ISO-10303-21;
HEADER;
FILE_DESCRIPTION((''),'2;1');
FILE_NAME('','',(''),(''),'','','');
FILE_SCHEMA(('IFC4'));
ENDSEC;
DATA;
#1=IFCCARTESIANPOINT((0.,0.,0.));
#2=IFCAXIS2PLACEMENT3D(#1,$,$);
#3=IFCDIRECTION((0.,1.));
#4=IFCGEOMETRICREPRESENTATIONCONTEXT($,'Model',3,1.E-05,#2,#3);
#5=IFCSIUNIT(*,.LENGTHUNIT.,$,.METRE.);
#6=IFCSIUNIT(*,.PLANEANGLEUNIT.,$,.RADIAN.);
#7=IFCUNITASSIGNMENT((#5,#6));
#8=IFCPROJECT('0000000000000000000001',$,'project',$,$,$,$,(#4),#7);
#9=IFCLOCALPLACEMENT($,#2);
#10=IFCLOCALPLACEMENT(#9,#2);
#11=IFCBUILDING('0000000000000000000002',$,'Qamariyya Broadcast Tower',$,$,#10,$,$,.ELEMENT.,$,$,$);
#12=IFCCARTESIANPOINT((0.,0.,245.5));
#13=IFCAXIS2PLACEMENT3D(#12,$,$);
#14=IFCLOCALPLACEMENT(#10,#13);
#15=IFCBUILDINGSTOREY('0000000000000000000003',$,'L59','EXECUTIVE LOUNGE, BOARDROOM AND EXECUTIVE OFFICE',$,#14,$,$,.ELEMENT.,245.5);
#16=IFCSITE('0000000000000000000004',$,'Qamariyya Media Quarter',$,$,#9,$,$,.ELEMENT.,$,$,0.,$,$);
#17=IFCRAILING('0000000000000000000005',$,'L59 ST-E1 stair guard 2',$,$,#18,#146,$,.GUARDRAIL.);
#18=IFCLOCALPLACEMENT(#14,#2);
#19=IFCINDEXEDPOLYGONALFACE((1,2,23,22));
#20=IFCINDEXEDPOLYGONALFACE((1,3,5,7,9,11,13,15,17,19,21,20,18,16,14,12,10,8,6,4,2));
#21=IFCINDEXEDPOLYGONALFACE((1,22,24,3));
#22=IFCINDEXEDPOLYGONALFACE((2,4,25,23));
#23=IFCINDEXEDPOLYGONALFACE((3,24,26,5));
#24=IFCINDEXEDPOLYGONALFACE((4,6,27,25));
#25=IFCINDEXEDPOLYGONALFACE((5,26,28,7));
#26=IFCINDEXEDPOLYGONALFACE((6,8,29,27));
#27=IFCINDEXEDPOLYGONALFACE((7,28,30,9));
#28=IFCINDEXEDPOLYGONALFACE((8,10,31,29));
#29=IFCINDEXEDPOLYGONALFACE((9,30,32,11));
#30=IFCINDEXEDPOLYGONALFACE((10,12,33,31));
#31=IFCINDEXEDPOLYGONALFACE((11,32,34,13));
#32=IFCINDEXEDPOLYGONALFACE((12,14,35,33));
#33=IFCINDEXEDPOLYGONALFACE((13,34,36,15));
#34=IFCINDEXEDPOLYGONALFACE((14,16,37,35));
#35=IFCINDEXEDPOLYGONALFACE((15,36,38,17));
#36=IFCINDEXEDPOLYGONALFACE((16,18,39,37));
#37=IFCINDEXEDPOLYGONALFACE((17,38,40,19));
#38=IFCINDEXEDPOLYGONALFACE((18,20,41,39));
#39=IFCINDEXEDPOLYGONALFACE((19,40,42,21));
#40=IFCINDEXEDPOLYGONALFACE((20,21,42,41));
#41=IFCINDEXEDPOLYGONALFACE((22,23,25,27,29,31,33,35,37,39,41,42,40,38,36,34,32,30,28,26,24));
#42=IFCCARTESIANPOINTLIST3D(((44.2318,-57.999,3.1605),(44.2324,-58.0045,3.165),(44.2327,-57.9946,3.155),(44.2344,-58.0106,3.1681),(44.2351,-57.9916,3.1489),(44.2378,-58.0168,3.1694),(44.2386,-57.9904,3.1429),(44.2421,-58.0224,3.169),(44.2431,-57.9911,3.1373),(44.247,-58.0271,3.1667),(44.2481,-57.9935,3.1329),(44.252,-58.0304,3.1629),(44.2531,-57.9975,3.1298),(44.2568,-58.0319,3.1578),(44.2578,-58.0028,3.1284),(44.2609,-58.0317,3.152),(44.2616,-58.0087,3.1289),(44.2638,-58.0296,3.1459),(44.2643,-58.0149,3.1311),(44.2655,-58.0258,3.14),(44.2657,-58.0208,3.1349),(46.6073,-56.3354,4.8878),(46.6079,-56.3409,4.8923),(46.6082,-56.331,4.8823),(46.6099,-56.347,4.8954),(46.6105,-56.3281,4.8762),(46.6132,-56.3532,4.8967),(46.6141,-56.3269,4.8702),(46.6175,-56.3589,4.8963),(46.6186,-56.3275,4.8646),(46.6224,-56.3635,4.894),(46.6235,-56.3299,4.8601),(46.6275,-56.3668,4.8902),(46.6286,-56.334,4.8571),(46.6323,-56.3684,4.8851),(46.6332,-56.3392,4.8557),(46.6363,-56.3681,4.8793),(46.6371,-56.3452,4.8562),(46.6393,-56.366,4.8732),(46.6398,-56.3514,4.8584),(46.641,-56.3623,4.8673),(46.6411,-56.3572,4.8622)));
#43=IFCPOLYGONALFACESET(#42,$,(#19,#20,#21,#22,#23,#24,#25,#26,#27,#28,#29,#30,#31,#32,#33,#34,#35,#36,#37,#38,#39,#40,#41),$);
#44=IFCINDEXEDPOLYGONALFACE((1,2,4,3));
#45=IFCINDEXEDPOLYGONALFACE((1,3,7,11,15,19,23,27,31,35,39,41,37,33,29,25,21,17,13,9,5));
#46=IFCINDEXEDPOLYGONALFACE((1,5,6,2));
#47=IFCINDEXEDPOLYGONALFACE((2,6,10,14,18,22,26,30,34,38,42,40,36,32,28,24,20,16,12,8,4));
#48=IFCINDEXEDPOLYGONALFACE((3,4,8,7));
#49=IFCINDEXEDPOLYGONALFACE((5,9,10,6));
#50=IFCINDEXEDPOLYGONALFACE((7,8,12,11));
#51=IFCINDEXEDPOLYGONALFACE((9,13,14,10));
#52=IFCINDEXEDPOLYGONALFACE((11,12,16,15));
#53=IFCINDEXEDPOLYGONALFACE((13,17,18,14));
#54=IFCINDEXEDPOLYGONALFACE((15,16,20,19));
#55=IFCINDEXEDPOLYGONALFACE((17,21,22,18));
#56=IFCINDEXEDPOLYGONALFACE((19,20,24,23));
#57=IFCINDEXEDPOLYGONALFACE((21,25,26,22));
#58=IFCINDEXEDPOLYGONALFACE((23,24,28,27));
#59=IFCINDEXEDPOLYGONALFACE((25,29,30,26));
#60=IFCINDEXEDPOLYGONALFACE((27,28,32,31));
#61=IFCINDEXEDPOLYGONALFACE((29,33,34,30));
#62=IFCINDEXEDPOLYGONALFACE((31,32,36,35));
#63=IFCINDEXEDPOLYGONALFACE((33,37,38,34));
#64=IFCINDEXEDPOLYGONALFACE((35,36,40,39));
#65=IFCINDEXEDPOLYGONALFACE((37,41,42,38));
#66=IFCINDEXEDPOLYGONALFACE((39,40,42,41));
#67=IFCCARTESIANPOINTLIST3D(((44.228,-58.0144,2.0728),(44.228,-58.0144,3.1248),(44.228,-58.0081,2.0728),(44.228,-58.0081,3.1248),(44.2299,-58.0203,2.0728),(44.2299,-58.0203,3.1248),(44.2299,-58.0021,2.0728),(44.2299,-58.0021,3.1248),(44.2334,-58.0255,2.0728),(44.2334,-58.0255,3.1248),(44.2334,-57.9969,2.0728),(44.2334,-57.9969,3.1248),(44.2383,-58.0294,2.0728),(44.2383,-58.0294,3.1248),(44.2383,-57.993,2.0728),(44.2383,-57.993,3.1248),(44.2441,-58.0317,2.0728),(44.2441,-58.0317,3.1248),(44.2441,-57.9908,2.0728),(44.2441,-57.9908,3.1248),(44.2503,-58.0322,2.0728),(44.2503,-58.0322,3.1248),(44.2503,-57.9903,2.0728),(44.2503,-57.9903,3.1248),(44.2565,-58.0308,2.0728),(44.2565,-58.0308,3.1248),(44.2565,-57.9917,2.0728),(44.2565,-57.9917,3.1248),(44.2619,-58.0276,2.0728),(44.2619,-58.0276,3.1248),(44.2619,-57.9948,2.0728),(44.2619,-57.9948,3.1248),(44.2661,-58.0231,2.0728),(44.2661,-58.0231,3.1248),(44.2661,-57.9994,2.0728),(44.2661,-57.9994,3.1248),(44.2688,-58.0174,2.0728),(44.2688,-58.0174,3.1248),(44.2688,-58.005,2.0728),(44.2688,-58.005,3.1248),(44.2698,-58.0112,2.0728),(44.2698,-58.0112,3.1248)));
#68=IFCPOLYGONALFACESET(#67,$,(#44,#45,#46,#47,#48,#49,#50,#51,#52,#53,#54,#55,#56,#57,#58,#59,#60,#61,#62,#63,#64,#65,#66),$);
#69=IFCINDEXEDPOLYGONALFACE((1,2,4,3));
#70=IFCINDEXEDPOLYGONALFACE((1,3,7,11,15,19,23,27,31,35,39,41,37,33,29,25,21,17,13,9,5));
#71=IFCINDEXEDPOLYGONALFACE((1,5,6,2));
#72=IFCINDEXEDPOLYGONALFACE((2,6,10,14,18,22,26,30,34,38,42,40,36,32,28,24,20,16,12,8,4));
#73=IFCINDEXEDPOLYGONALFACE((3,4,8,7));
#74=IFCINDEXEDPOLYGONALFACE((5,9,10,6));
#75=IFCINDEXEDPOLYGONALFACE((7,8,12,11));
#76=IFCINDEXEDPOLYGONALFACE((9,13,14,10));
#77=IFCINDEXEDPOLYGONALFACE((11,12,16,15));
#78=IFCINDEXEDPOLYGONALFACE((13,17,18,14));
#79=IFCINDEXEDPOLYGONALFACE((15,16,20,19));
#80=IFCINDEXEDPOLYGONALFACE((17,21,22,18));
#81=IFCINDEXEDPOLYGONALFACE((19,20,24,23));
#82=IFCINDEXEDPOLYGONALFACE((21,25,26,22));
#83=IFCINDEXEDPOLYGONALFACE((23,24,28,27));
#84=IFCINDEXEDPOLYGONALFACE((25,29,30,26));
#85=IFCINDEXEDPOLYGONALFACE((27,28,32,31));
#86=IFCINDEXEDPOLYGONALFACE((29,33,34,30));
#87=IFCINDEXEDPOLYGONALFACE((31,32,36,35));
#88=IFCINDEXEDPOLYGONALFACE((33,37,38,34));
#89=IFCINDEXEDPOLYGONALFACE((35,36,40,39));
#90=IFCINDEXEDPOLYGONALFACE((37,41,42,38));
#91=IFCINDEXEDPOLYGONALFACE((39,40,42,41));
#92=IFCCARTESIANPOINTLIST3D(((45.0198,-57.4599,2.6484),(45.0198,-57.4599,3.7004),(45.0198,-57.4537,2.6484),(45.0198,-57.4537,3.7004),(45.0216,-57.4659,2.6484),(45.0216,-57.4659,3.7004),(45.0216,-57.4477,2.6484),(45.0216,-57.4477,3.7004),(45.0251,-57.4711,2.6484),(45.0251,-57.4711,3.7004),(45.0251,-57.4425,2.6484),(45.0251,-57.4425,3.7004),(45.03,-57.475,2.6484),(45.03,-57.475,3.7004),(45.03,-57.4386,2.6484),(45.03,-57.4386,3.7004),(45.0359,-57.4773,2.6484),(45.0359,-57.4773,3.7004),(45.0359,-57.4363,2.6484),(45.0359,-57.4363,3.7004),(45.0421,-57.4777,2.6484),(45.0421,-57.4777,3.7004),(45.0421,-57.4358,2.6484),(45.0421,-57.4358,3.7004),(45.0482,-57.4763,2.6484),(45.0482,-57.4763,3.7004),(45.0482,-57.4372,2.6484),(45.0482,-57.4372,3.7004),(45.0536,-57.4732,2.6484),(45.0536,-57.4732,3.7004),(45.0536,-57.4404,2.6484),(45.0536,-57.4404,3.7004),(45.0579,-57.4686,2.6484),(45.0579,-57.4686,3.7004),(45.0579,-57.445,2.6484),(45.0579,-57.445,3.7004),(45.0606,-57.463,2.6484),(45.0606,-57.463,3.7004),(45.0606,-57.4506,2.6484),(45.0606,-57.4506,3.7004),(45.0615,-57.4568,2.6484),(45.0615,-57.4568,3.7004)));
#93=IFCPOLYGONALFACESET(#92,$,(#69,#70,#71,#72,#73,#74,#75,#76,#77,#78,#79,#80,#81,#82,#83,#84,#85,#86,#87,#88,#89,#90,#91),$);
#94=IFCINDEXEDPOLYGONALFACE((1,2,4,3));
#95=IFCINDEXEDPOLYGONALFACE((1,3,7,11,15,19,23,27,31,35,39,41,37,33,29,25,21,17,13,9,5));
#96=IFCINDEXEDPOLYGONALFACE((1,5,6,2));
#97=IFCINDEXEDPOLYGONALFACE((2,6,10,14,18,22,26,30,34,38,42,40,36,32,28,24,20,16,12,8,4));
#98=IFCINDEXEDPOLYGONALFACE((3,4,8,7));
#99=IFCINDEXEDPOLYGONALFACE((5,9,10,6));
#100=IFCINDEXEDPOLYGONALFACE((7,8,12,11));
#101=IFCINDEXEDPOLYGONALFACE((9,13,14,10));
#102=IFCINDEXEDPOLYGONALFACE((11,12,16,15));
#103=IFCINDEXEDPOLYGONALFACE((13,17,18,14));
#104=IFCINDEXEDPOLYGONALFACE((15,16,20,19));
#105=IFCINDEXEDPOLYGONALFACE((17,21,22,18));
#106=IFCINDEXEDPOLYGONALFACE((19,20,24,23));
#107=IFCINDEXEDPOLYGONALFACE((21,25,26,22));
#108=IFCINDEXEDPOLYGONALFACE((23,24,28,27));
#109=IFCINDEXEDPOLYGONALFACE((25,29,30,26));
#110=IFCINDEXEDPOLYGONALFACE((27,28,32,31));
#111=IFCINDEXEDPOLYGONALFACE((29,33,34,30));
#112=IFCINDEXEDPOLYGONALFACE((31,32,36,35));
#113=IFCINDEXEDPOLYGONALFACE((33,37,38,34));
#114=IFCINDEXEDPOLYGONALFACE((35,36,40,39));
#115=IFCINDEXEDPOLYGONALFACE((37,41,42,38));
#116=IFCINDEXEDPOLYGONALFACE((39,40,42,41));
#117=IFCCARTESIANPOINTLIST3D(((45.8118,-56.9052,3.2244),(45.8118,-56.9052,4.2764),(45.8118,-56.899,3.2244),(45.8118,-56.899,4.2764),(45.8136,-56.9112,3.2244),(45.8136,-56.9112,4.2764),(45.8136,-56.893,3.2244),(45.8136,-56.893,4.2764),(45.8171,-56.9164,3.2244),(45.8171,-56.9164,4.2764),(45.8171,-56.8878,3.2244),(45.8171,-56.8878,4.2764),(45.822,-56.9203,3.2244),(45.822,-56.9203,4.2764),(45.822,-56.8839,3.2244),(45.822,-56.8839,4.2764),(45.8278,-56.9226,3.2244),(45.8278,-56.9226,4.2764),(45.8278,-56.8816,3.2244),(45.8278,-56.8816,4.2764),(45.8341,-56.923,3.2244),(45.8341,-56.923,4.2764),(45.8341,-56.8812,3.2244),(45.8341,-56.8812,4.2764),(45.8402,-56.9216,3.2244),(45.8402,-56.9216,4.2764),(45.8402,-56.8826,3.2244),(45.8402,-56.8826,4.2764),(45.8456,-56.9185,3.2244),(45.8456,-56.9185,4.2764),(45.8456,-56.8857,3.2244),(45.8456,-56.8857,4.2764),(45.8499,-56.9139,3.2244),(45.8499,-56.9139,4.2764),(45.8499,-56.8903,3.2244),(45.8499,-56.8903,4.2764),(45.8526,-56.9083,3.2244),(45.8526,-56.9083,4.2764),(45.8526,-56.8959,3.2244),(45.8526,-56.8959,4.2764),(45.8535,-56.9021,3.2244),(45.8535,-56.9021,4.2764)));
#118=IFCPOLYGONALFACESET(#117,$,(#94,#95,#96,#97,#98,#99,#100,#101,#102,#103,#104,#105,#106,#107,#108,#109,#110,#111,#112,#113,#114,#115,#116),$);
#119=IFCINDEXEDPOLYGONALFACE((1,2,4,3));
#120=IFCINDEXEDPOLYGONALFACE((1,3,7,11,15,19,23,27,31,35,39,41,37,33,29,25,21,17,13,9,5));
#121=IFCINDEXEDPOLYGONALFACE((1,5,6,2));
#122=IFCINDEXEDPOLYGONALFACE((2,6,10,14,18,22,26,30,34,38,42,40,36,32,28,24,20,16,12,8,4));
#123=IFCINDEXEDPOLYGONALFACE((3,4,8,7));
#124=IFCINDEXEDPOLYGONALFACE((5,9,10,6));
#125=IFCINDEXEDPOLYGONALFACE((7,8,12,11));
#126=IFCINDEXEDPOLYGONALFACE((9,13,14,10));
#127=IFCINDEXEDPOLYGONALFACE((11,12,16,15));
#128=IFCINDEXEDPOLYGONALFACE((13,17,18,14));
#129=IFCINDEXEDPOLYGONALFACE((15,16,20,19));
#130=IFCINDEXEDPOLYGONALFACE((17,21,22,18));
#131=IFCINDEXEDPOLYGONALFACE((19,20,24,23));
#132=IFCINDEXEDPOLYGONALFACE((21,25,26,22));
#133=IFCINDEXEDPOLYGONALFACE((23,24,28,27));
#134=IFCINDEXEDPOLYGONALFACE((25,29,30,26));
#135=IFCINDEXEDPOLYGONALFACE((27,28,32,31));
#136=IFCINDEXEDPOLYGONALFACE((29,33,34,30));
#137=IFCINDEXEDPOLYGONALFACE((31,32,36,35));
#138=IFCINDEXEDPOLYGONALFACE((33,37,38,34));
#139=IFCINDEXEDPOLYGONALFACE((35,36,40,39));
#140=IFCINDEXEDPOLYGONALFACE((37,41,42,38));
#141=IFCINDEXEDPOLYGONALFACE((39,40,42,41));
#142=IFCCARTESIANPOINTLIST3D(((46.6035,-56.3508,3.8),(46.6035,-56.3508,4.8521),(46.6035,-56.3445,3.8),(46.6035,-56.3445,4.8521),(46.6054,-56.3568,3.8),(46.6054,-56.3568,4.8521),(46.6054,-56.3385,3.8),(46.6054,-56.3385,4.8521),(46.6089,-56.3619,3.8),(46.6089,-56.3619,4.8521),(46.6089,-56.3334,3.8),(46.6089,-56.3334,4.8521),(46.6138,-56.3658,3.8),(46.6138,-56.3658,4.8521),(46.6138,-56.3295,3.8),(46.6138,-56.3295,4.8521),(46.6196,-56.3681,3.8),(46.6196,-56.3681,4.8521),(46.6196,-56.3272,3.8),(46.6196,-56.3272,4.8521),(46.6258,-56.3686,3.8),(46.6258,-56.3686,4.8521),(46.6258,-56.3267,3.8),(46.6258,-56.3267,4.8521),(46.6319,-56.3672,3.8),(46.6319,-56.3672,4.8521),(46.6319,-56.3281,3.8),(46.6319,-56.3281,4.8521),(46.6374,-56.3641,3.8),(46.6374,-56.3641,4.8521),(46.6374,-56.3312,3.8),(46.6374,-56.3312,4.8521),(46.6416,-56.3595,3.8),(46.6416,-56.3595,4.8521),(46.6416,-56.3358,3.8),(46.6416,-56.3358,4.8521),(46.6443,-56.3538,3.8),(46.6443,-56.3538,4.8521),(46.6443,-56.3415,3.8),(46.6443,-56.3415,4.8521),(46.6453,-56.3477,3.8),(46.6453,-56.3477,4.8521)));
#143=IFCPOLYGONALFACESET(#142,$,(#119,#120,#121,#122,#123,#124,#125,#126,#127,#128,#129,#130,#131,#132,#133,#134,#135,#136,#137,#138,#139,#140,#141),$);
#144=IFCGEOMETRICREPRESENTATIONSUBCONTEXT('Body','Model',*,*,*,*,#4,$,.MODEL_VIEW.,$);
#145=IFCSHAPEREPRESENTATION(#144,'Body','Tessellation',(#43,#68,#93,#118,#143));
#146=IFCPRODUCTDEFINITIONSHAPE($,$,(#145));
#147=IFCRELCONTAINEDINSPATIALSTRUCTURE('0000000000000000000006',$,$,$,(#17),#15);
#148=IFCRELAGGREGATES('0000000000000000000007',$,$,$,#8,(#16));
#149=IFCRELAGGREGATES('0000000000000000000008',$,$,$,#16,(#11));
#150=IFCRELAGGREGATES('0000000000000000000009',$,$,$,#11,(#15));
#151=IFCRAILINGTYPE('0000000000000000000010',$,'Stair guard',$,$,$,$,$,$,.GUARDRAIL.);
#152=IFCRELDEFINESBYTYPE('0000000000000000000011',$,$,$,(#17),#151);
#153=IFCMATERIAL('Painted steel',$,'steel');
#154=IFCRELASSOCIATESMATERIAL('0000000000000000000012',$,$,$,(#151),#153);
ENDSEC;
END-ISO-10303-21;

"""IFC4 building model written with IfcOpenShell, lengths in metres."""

from ifc_helpers import new_model, si_unit, direction, frame, origin, origin_2d, place, context, subcontext, project, spatial, circle, extrude, material, type_object, element, save


model = new_model("IFC4")

# Units and contexts
model_context = context("Model", 3, precision=1e-05, world=origin(), true_north=direction((0.0, 1.0)))
body_context = subcontext(model_context, "Body", "Model", "MODEL_VIEW")
ifc_project = project(units=[si_unit("LENGTHUNIT", "METRE"), si_unit("PLANEANGLEUNIT", "RADIAN")], contexts=[model_context])

# Site, building, storey
site_placement = place(None, origin())
site = spatial("IfcSite", under=ifc_project, at=site_placement, Name="Qamariyya Media Quarter", CompositionType="ELEMENT", RefElevation=0.0)
building_placement = place(site_placement, origin())
building = spatial("IfcBuilding", under=site, at=building_placement, Name="Qamariyya Broadcast Tower", CompositionType="ELEMENT")
storey_placement = place(building_placement, frame((0.0, 0.0, 245.5)))
storey = spatial("IfcBuildingStorey", under=building, at=storey_placement, Name="L59", Description="EXECUTIVE LOUNGE, BOARDROOM AND EXECUTIVE OFFICE", CompositionType="ELEMENT", Elevation=245.5)

# Railing
ifc_material_1 = material(Name="Painted steel", Category="steel")
railing_type_1 = type_object("IfcRailingType", Name="Stair guard", PredefinedType="GUARDRAIL", material=ifc_material_1)
railing_1_placement = place(storey_placement, frame((44.2488, -58.0112, 2.0728)))
element("IfcRailing", 1, at=railing_1_placement, inside=storey, type_object=railing_type_1, Name="L59 ST-E1 stair guard 2", PredefinedType="GUARDRAIL", context=body_context, shape_type="SweptSolid", body=[
    extrude(circle(Radius=0.0239, at=origin_2d()), frame((0.0, 0.0, 1.0762), z_axis=(0.703745, 0.492838, 0.511716), x_axis=(-0.573632, 0.819113, 0.0)), (0.0, 0.0, 1.0), 3.3755),
    extrude(circle(Radius=0.021, at=origin_2d()), origin(), (0.0, 0.0, 1.0), 1.052),
    extrude(circle(Radius=0.021, at=origin_2d()), frame((0.7917, 0.5544, 0.5757)), (0.0, 0.0, 1.0), 1.052),
    extrude(circle(Radius=0.021, at=origin_2d()), frame((1.5837, 1.1091, 1.1516)), (0.0, 0.0, 1.0), 1.052),
    extrude(circle(Radius=0.021, at=origin_2d()), frame((2.3755, 1.6636, 1.7273)), (0.0, 0.0, 1.0), 1.052),
])

save(model, "model.ifc")
